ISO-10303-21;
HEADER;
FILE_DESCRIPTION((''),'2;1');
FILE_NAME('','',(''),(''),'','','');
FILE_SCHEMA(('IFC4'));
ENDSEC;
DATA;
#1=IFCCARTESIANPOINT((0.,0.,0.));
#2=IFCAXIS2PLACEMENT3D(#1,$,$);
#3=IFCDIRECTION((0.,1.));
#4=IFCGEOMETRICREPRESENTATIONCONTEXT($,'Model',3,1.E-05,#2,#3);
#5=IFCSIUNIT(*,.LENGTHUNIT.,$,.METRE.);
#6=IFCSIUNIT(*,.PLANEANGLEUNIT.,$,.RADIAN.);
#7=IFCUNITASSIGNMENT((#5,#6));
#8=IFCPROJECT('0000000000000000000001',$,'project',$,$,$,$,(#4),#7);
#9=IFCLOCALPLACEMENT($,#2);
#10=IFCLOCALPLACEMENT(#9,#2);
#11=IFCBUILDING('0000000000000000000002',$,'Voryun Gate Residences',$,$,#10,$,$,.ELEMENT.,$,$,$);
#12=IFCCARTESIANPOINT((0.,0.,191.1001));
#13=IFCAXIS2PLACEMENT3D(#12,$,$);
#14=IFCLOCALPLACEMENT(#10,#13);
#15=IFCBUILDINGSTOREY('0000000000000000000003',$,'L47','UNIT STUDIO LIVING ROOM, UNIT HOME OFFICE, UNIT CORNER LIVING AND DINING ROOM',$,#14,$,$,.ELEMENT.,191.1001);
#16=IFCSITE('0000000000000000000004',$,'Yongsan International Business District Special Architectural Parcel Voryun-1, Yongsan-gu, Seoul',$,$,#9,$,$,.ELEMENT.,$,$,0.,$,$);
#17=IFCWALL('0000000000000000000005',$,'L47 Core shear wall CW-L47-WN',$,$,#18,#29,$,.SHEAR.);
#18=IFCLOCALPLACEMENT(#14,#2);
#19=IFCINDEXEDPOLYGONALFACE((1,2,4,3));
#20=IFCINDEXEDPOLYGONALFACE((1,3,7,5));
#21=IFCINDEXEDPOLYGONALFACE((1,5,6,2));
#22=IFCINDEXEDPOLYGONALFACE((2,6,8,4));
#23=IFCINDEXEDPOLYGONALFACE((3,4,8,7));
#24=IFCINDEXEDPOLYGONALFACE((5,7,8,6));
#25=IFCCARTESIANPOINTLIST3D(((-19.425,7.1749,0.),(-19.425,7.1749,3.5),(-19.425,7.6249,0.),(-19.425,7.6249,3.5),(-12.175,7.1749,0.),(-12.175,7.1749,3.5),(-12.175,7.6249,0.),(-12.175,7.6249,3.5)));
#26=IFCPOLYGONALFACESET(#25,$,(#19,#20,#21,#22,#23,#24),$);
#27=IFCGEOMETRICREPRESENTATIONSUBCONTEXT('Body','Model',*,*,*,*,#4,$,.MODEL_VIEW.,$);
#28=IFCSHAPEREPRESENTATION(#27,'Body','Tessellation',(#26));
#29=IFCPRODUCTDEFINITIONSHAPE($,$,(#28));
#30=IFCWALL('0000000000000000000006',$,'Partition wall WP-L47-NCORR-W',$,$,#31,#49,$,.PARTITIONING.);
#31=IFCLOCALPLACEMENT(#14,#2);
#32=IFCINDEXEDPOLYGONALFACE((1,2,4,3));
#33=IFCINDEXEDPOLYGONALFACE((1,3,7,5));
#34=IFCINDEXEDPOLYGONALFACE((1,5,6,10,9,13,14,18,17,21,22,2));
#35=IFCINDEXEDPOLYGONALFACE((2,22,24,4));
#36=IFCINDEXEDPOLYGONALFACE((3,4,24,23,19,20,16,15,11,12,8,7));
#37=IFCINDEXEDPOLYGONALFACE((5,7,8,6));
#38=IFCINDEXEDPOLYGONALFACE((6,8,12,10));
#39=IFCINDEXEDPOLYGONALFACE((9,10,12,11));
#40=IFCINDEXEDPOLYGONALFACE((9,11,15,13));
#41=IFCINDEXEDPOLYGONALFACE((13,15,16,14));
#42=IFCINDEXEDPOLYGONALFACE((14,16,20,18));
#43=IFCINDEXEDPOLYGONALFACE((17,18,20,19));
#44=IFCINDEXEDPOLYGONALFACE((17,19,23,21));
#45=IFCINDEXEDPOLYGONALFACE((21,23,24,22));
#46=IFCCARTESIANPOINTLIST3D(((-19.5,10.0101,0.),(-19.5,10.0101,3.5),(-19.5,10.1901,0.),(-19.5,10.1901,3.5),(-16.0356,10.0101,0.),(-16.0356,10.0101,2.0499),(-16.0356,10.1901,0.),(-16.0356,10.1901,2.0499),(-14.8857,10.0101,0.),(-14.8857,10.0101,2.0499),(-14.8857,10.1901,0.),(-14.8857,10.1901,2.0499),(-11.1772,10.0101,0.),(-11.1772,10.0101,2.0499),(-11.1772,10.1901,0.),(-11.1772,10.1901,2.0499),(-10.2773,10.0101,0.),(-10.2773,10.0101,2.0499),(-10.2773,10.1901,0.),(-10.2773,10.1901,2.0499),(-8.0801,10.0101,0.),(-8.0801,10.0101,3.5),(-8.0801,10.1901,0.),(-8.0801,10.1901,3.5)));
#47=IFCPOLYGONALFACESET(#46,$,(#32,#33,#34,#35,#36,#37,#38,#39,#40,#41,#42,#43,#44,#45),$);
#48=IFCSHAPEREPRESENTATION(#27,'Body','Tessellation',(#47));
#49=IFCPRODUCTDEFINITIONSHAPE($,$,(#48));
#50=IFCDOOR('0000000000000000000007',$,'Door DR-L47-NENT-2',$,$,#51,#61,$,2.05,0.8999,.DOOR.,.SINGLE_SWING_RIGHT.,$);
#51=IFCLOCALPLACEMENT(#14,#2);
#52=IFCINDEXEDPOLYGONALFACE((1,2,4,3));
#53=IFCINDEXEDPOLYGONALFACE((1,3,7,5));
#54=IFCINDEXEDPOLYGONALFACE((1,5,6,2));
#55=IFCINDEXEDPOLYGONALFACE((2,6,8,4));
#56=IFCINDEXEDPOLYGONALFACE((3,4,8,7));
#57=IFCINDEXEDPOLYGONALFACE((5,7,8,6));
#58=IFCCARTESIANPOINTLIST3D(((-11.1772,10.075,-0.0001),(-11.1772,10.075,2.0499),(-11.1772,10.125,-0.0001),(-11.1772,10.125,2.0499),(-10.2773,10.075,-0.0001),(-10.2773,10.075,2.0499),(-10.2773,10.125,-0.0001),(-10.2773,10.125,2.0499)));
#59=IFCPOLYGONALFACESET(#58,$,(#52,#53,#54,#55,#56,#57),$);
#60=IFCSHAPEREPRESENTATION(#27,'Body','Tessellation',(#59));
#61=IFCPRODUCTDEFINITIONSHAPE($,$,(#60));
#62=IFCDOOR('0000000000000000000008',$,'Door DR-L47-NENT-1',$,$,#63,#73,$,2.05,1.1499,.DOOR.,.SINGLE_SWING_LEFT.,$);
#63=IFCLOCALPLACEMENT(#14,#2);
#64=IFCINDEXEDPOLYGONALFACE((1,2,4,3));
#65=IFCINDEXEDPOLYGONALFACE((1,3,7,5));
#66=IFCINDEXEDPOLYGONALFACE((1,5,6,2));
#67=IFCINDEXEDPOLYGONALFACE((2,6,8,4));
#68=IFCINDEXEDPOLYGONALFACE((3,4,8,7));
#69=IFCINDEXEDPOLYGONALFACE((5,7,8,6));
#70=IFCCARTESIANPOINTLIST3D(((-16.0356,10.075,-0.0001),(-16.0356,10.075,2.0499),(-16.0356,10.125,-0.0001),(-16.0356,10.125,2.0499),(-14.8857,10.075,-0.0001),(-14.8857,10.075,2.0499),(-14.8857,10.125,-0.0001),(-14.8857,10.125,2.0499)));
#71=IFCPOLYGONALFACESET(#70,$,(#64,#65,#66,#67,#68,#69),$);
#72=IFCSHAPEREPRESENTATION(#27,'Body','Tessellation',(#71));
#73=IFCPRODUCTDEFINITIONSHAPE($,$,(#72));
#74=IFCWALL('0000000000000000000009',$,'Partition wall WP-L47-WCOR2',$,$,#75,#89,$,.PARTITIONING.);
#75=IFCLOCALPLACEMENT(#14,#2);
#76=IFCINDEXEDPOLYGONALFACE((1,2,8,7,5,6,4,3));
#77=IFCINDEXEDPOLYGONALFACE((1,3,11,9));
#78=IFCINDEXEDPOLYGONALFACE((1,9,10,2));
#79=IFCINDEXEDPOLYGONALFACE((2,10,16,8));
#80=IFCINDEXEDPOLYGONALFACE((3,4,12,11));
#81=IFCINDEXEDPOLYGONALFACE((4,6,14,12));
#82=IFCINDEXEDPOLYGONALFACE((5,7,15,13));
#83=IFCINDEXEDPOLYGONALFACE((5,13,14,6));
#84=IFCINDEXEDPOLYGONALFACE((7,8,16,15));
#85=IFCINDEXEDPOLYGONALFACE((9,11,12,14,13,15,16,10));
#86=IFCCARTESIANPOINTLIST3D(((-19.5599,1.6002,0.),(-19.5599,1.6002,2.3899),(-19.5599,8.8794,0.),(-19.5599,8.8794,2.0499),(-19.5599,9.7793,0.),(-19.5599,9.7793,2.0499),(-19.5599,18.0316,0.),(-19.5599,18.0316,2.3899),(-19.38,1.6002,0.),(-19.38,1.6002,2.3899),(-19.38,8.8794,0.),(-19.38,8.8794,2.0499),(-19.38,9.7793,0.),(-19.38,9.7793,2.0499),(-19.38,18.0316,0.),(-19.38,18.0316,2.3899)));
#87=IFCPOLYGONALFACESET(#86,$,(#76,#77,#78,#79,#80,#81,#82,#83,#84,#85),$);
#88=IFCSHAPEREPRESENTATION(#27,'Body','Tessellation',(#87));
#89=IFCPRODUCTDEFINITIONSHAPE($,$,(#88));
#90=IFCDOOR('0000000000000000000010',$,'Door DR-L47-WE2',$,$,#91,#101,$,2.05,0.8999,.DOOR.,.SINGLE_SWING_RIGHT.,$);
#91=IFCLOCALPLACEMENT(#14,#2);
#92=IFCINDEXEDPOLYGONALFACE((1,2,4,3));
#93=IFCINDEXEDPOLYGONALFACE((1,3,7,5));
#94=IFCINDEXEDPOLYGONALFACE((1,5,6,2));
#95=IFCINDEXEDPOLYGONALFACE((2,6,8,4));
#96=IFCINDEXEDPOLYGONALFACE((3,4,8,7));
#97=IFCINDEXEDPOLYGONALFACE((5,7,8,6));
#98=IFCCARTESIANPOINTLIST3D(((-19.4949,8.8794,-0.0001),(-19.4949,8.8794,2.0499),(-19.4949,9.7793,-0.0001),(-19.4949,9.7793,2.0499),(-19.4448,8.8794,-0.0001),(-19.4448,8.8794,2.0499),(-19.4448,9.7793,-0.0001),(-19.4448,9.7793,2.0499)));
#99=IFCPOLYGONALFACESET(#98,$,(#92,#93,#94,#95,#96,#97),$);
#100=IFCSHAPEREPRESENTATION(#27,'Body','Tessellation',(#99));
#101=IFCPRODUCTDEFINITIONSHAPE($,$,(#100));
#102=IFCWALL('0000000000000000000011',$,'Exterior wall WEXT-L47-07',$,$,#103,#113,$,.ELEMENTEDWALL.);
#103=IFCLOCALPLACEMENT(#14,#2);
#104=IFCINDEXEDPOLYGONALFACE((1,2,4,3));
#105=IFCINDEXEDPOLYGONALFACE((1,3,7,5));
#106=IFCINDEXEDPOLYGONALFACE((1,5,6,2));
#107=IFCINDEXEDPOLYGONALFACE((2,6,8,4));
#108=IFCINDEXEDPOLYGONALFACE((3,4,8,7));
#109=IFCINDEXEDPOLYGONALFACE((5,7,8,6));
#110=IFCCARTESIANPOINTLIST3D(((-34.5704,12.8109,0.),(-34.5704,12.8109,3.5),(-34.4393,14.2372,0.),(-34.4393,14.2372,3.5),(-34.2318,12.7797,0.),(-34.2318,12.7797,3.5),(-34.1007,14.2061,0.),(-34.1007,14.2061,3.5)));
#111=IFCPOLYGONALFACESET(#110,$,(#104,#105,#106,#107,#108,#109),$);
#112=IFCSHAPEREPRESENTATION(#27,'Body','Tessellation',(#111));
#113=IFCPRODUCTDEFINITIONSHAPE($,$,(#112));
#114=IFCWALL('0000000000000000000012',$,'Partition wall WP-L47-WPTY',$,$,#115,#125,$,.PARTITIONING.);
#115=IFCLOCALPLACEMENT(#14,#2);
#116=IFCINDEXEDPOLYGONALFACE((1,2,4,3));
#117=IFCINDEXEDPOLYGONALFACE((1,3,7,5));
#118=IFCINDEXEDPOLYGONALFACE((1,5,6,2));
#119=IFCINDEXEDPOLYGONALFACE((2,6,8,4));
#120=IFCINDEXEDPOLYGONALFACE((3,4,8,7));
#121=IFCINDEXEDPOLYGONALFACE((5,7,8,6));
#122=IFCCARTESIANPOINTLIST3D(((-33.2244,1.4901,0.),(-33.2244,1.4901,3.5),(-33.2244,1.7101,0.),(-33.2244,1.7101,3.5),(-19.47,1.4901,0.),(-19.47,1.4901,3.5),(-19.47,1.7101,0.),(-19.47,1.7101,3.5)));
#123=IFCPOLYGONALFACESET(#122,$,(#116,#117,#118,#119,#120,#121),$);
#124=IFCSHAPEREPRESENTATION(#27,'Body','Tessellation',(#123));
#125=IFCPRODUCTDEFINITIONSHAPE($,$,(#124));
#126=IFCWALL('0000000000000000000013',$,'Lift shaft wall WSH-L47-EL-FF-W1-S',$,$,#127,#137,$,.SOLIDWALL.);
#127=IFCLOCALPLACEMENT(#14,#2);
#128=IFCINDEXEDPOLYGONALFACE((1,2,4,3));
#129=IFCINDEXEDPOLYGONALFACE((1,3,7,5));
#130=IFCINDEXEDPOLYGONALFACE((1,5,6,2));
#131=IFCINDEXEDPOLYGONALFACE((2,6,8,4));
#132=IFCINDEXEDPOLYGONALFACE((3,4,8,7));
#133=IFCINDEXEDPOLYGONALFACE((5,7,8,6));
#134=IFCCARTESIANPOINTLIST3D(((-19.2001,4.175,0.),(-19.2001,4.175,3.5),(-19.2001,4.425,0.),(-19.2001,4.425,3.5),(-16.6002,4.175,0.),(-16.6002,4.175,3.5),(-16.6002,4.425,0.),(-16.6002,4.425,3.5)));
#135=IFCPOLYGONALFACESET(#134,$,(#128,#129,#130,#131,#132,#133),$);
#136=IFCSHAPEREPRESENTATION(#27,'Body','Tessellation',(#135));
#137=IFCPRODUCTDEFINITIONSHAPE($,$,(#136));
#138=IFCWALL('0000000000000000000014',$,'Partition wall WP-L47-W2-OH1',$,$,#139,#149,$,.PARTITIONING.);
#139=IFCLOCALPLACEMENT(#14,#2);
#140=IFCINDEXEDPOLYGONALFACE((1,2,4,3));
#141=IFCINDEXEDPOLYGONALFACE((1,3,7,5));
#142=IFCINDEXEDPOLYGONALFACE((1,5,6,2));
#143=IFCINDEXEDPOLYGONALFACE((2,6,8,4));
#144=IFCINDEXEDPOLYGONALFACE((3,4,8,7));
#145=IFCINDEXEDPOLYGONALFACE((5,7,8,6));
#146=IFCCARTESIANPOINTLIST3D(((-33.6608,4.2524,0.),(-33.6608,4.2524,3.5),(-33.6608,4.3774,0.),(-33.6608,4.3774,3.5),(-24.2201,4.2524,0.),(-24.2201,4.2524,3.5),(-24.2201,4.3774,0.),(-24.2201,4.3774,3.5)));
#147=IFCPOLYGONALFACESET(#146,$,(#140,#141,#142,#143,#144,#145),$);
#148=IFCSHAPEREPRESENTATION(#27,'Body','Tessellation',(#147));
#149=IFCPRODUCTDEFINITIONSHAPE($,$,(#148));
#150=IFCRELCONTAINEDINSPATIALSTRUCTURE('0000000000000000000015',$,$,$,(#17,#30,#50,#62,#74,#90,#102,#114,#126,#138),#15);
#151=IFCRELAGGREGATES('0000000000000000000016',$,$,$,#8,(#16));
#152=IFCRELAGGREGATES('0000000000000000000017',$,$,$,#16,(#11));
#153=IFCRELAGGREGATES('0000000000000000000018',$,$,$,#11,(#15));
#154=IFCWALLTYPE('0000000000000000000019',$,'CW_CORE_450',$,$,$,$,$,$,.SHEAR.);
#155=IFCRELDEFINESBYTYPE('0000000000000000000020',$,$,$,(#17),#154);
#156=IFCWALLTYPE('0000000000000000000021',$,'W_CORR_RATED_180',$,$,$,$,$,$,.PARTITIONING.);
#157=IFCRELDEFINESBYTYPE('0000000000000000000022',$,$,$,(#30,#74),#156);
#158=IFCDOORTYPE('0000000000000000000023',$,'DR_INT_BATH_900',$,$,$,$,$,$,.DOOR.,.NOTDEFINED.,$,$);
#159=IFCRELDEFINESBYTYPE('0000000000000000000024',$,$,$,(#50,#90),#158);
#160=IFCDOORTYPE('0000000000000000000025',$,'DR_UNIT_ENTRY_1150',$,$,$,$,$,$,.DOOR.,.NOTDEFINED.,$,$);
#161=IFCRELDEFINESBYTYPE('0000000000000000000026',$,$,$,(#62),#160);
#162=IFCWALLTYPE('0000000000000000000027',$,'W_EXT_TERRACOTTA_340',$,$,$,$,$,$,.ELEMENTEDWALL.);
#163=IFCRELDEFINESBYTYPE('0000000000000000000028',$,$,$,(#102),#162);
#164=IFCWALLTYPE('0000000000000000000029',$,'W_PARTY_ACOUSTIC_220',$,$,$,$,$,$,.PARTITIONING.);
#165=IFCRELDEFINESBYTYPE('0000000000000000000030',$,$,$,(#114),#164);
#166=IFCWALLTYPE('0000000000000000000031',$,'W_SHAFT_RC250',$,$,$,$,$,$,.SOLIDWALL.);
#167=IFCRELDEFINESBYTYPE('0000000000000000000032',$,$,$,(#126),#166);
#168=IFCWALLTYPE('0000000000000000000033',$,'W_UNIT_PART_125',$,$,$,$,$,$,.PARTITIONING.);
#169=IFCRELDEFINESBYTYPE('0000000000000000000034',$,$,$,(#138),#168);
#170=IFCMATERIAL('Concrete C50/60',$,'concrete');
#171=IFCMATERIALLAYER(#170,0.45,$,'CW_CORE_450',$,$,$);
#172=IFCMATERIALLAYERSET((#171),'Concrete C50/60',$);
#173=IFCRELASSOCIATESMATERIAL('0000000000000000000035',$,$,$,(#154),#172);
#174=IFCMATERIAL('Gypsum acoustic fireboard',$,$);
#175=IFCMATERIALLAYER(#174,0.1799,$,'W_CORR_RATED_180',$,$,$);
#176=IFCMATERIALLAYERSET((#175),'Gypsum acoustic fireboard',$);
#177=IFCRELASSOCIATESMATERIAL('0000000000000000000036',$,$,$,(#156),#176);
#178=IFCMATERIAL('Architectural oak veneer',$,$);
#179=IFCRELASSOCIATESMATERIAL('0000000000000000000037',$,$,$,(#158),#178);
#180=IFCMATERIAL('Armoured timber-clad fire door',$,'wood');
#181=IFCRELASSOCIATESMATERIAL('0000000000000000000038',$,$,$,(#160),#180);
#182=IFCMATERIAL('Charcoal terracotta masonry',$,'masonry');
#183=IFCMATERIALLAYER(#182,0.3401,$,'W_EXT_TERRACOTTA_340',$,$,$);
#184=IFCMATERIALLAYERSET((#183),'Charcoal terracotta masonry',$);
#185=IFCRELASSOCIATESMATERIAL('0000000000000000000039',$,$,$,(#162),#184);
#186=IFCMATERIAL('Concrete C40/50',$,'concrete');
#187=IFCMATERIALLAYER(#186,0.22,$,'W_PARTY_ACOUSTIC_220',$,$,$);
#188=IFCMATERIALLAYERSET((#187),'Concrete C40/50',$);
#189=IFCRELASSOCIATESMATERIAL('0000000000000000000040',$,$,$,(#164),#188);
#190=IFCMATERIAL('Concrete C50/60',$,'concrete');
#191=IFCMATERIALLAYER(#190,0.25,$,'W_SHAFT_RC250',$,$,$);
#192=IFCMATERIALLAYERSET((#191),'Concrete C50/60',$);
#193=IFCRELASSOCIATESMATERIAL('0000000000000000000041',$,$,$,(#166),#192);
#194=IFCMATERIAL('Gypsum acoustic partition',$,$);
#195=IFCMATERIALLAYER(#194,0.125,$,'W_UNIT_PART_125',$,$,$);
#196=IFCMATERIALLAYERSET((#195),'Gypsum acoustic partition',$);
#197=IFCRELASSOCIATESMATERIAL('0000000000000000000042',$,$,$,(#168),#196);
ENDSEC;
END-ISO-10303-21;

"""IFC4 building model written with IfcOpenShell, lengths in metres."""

from ifc_helpers import new_model, si_unit, direction, frame, frame_2d, origin, place, context, subcontext, project, spatial, rectangle, extrude, material, layer, layer_set, type_object, element, fill, save


model = new_model("IFC4")

# Units and contexts
model_context = context("Model", 3, precision=1e-05, world=origin(), true_north=direction((0.0, 1.0)))
body_context = subcontext(model_context, "Body", "Model", "MODEL_VIEW")
ifc_project = project(units=[si_unit("LENGTHUNIT", "METRE"), si_unit("PLANEANGLEUNIT", "RADIAN")], contexts=[model_context])

# Site, building, storey
site_placement = place(None, origin())
site = spatial("IfcSite", under=ifc_project, at=site_placement, Name="Yongsan International Business District Special Architectural Parcel Voryun-1, Yongsan-gu, Seoul", CompositionType="ELEMENT", RefElevation=0.0)
building_placement = place(site_placement, origin())
building = spatial("IfcBuilding", under=site, at=building_placement, Name="Voryun Gate Residences", CompositionType="ELEMENT")
storey_placement = place(building_placement, frame((0.0, 0.0, 191.1001)))
storey = spatial("IfcBuildingStorey", under=building, at=storey_placement, Name="L47", Description="UNIT STUDIO LIVING ROOM, UNIT HOME OFFICE, UNIT CORNER LIVING AND DINING ROOM", CompositionType="ELEMENT", Elevation=191.1001)

# Wall
ifc_material_1 = material(Name="Concrete C50/60", Category="concrete")
ifc_layer_1 = layer(ifc_material_1, 0.45, Name="CW_CORE_450")
ifc_layer_set_1 = layer_set([ifc_layer_1], Name="Concrete C50/60")
wall_type_1 = type_object("IfcWallType", Name="CW_CORE_450", PredefinedType="SHEAR", material=ifc_layer_set_1)
wall_1_placement = place(storey_placement, frame((-19.425, 7.3999, 0.0), z_axis=(0.0, 0.0, 1.0), x_axis=(1.0, 0.0, 0.0)))
element("IfcWall", 1, at=wall_1_placement, inside=storey, type_object=wall_type_1, Name="L47 Core shear wall CW-L47-WN", PredefinedType="SHEAR", context=body_context, shape_type="SweptSolid", body=[
    extrude(rectangle(XDim=7.25, YDim=0.45, at=frame_2d((3.625, 0.0))), origin(), (0.0, 0.0, 1.0), 3.5),
])

# Wall, openings, doors
ifc_material_2 = material(Name="Gypsum acoustic fireboard")
ifc_layer_2 = layer(ifc_material_2, 0.1799, Name="W_CORR_RATED_180")
ifc_layer_set_2 = layer_set([ifc_layer_2], Name="Gypsum acoustic fireboard")
wall_type_2 = type_object("IfcWallType", Name="W_CORR_RATED_180", PredefinedType="PARTITIONING", material=ifc_layer_set_2)
wall_2_placement = place(storey_placement, frame((-19.5, 10.1001, 0.0), z_axis=(0.0, 0.0, 1.0), x_axis=(1.0, 0.0, 0.0)))
wall_2 = element("IfcWall", 2, at=wall_2_placement, inside=storey, type_object=wall_type_2, Name="Partition wall WP-L47-NCORR-W", PredefinedType="PARTITIONING", context=body_context, shape_type="SweptSolid", body=[
    extrude(rectangle(XDim=11.4199, YDim=0.1799, at=frame_2d((5.71, 0.0))), origin(), (0.0, 0.0, 1.0), 3.5),
])
opening_1_placement = place(wall_2_placement, frame((3.4644, 0.0, 0.0)))
opening_1 = element("IfcOpeningElement", 3, at=opening_1_placement, cuts=wall_2, PredefinedType="OPENING", context=body_context, shape_type="SweptSolid", body=[
    extrude(rectangle(XDim=1.1499, YDim=2.05, at=frame_2d((0.575, 1.0249))), frame((0.0, 0.0999, 0.0), z_axis=(0.0, -1.0, 0.0), x_axis=(1.0, 0.0, 0.0)), (0.0, 0.0, 1.0), 0.2),
])
opening_2_placement = place(wall_2_placement, frame((8.3228, 0.0, 0.0)))
opening_2 = element("IfcOpeningElement", 4, at=opening_2_placement, cuts=wall_2, PredefinedType="OPENING", context=body_context, shape_type="SweptSolid", body=[
    extrude(rectangle(XDim=0.8999, YDim=2.05, at=frame_2d((0.45, 1.0249))), frame((0.0, 0.0999, 0.0), z_axis=(0.0, -1.0, 0.0), x_axis=(1.0, 0.0, 0.0)), (0.0, 0.0, 1.0), 0.2),
])
ifc_material_3 = material(Name="Architectural oak veneer")
door_type_1 = type_object("IfcDoorType", Name="DR_INT_BATH_900", OperationType="NOTDEFINED", PredefinedType="DOOR", material=ifc_material_3)
door_1_placement = place(opening_2_placement, origin())
door_1 = element("IfcDoor", 5, at=door_1_placement, inside=storey, type_object=door_type_1, Name="Door DR-L47-NENT-2", OperationType="SINGLE_SWING_RIGHT", OverallHeight=2.05, OverallWidth=0.8999, PredefinedType="DOOR", context=body_context, shape_type="SweptSolid", body=[
    extrude(rectangle(XDim=0.8999, YDim=2.05, at=frame_2d((0.45, 1.0249))), frame((0.0, 0.0249, 0.0), z_axis=(0.0, -1.0, 0.0), x_axis=(1.0, 0.0, 0.0)), (0.0, 0.0, 1.0), 0.05),
])
fill(opening_2, door_1)
ifc_material_4 = material(Name="Armoured timber-clad fire door", Category="wood")
door_type_2 = type_object("IfcDoorType", Name="DR_UNIT_ENTRY_1150", OperationType="NOTDEFINED", PredefinedType="DOOR", material=ifc_material_4)
door_2_placement = place(opening_1_placement, origin())
door_2 = element("IfcDoor", 6, at=door_2_placement, inside=storey, type_object=door_type_2, Name="Door DR-L47-NENT-1", OperationType="SINGLE_SWING_LEFT", OverallHeight=2.05, OverallWidth=1.1499, PredefinedType="DOOR", context=body_context, shape_type="SweptSolid", body=[
    extrude(rectangle(XDim=1.1499, YDim=2.05, at=frame_2d((0.575, 1.0249))), frame((0.0, 0.0249, 0.0), z_axis=(0.0, -1.0, 0.0), x_axis=(1.0, 0.0, 0.0)), (0.0, 0.0, 1.0), 0.05),
])
fill(opening_1, door_2)

# Wall, opening, door
wall_3_placement = place(storey_placement, frame((-19.47, 1.6001, 0.0), z_axis=(0.0, 0.0, 1.0), x_axis=(0.0, 1.0, 0.0)))
wall_3 = element("IfcWall", 7, at=wall_3_placement, inside=storey, type_object=wall_type_2, Name="Partition wall WP-L47-WCOR2", PredefinedType="PARTITIONING", context=body_context, shape_type="SweptSolid", body=[
    extrude(rectangle(XDim=16.4314, YDim=0.1799, at=frame_2d((8.2158, 0.0))), origin(), (0.0, 0.0, 1.0), 2.3899),
])
opening_3_placement = place(wall_3_placement, frame((7.2793, 0.0, 0.0)))
opening_3 = element("IfcOpeningElement", 8, at=opening_3_placement, cuts=wall_3, PredefinedType="OPENING", context=body_context, shape_type="SweptSolid", body=[
    extrude(rectangle(XDim=0.8999, YDim=2.05, at=frame_2d((0.45, 1.0249))), frame((0.0, 0.0999, 0.0), z_axis=(0.0, -1.0, 0.0), x_axis=(1.0, 0.0, 0.0)), (0.0, 0.0, 1.0), 0.2),
])
door_3_placement = place(opening_3_placement, origin())
door_3 = element("IfcDoor", 9, at=door_3_placement, inside=storey, type_object=door_type_1, Name="Door DR-L47-WE2", OperationType="SINGLE_SWING_RIGHT", OverallHeight=2.05, OverallWidth=0.8999, PredefinedType="DOOR", context=body_context, shape_type="SweptSolid", body=[
    extrude(rectangle(XDim=0.8999, YDim=2.05, at=frame_2d((0.45, 1.0249))), frame((0.0, 0.0249, 0.0), z_axis=(0.0, -1.0, 0.0), x_axis=(1.0, 0.0, 0.0)), (0.0, 0.0, 1.0), 0.05),
])
fill(opening_3, door_3)

# Walls
ifc_material_5 = material(Name="Charcoal terracotta masonry", Category="masonry")
ifc_layer_3 = layer(ifc_material_5, 0.3401, Name="W_EXT_TERRACOTTA_340")
ifc_layer_set_3 = layer_set([ifc_layer_3], Name="Charcoal terracotta masonry")
wall_type_3 = type_object("IfcWallType", Name="W_EXT_TERRACOTTA_340", PredefinedType="ELEMENTEDWALL", material=ifc_layer_set_3)
wall_4_placement = place(storey_placement, frame((-34.4011, 12.7952, 0.0), z_axis=(0.0, 0.0, 1.0), x_axis=(0.091535, 0.995802, 0.0)))
element("IfcWall", 10, at=wall_4_placement, inside=storey, type_object=wall_type_3, Name="Exterior wall WEXT-L47-07", PredefinedType="ELEMENTEDWALL", context=body_context, shape_type="SweptSolid", body=[
    extrude(rectangle(XDim=1.4324, YDim=0.3401, at=frame_2d((0.7163, 0.0))), origin(), (0.0, 0.0, 1.0), 3.5),
])
ifc_material_6 = material(Name="Concrete C40/50", Category="concrete")
ifc_layer_4 = layer(ifc_material_6, 0.22, Name="W_PARTY_ACOUSTIC_220")
ifc_layer_set_4 = layer_set([ifc_layer_4], Name="Concrete C40/50")
wall_type_4 = type_object("IfcWallType", Name="W_PARTY_ACOUSTIC_220", PredefinedType="PARTITIONING", material=ifc_layer_set_4)
wall_5_placement = place(storey_placement, frame((-19.47, 1.6001, 0.0), z_axis=(0.0, 0.0, 1.0), x_axis=(-1.0, 0.0, 0.0)))
element("IfcWall", 11, at=wall_5_placement, inside=storey, type_object=wall_type_4, Name="Partition wall WP-L47-WPTY", PredefinedType="PARTITIONING", context=body_context, shape_type="SweptSolid", body=[
    extrude(rectangle(XDim=13.7544, YDim=0.22, at=frame_2d((6.8772, 0.0))), origin(), (0.0, 0.0, 1.0), 3.5),
])
ifc_material_7 = material(Name="Concrete C50/60", Category="concrete")
ifc_layer_5 = layer(ifc_material_7, 0.25, Name="W_SHAFT_RC250")
ifc_layer_set_5 = layer_set([ifc_layer_5], Name="Concrete C50/60")
wall_type_5 = type_object("IfcWallType", Name="W_SHAFT_RC250", PredefinedType="SOLIDWALL", material=ifc_layer_set_5)
wall_6_placement = place(storey_placement, frame((-19.2, 4.3, 0.0), z_axis=(0.0, 0.0, 1.0), x_axis=(1.0, 0.0, 0.0)))
element("IfcWall", 12, at=wall_6_placement, inside=storey, type_object=wall_type_5, Name="Lift shaft wall WSH-L47-EL-FF-W1-S", PredefinedType="SOLIDWALL", context=body_context, shape_type="SweptSolid", body=[
    extrude(rectangle(XDim=2.5999, YDim=0.25, at=frame_2d((1.2998, 0.0))), origin(), (0.0, 0.0, 1.0), 3.5),
])
ifc_material_8 = material(Name="Gypsum acoustic partition")
ifc_layer_6 = layer(ifc_material_8, 0.125, Name="W_UNIT_PART_125")
ifc_layer_set_6 = layer_set([ifc_layer_6], Name="Gypsum acoustic partition")
wall_type_6 = type_object("IfcWallType", Name="W_UNIT_PART_125", PredefinedType="PARTITIONING", material=ifc_layer_set_6)
wall_7_placement = place(storey_placement, frame((-33.6606, 4.3149, 0.0), z_axis=(0.0, 0.0, 1.0), x_axis=(1.0, 0.0, 0.0)))
element("IfcWall", 13, at=wall_7_placement, inside=storey, type_object=wall_type_6, Name="Partition wall WP-L47-W2-OH1", PredefinedType="PARTITIONING", context=body_context, shape_type="SweptSolid", body=[
    extrude(rectangle(XDim=9.4407, YDim=0.125, at=frame_2d((4.7202, 0.0))), origin(), (0.0, 0.0, 1.0), 3.5),
])

save(model, "model.ifc")
